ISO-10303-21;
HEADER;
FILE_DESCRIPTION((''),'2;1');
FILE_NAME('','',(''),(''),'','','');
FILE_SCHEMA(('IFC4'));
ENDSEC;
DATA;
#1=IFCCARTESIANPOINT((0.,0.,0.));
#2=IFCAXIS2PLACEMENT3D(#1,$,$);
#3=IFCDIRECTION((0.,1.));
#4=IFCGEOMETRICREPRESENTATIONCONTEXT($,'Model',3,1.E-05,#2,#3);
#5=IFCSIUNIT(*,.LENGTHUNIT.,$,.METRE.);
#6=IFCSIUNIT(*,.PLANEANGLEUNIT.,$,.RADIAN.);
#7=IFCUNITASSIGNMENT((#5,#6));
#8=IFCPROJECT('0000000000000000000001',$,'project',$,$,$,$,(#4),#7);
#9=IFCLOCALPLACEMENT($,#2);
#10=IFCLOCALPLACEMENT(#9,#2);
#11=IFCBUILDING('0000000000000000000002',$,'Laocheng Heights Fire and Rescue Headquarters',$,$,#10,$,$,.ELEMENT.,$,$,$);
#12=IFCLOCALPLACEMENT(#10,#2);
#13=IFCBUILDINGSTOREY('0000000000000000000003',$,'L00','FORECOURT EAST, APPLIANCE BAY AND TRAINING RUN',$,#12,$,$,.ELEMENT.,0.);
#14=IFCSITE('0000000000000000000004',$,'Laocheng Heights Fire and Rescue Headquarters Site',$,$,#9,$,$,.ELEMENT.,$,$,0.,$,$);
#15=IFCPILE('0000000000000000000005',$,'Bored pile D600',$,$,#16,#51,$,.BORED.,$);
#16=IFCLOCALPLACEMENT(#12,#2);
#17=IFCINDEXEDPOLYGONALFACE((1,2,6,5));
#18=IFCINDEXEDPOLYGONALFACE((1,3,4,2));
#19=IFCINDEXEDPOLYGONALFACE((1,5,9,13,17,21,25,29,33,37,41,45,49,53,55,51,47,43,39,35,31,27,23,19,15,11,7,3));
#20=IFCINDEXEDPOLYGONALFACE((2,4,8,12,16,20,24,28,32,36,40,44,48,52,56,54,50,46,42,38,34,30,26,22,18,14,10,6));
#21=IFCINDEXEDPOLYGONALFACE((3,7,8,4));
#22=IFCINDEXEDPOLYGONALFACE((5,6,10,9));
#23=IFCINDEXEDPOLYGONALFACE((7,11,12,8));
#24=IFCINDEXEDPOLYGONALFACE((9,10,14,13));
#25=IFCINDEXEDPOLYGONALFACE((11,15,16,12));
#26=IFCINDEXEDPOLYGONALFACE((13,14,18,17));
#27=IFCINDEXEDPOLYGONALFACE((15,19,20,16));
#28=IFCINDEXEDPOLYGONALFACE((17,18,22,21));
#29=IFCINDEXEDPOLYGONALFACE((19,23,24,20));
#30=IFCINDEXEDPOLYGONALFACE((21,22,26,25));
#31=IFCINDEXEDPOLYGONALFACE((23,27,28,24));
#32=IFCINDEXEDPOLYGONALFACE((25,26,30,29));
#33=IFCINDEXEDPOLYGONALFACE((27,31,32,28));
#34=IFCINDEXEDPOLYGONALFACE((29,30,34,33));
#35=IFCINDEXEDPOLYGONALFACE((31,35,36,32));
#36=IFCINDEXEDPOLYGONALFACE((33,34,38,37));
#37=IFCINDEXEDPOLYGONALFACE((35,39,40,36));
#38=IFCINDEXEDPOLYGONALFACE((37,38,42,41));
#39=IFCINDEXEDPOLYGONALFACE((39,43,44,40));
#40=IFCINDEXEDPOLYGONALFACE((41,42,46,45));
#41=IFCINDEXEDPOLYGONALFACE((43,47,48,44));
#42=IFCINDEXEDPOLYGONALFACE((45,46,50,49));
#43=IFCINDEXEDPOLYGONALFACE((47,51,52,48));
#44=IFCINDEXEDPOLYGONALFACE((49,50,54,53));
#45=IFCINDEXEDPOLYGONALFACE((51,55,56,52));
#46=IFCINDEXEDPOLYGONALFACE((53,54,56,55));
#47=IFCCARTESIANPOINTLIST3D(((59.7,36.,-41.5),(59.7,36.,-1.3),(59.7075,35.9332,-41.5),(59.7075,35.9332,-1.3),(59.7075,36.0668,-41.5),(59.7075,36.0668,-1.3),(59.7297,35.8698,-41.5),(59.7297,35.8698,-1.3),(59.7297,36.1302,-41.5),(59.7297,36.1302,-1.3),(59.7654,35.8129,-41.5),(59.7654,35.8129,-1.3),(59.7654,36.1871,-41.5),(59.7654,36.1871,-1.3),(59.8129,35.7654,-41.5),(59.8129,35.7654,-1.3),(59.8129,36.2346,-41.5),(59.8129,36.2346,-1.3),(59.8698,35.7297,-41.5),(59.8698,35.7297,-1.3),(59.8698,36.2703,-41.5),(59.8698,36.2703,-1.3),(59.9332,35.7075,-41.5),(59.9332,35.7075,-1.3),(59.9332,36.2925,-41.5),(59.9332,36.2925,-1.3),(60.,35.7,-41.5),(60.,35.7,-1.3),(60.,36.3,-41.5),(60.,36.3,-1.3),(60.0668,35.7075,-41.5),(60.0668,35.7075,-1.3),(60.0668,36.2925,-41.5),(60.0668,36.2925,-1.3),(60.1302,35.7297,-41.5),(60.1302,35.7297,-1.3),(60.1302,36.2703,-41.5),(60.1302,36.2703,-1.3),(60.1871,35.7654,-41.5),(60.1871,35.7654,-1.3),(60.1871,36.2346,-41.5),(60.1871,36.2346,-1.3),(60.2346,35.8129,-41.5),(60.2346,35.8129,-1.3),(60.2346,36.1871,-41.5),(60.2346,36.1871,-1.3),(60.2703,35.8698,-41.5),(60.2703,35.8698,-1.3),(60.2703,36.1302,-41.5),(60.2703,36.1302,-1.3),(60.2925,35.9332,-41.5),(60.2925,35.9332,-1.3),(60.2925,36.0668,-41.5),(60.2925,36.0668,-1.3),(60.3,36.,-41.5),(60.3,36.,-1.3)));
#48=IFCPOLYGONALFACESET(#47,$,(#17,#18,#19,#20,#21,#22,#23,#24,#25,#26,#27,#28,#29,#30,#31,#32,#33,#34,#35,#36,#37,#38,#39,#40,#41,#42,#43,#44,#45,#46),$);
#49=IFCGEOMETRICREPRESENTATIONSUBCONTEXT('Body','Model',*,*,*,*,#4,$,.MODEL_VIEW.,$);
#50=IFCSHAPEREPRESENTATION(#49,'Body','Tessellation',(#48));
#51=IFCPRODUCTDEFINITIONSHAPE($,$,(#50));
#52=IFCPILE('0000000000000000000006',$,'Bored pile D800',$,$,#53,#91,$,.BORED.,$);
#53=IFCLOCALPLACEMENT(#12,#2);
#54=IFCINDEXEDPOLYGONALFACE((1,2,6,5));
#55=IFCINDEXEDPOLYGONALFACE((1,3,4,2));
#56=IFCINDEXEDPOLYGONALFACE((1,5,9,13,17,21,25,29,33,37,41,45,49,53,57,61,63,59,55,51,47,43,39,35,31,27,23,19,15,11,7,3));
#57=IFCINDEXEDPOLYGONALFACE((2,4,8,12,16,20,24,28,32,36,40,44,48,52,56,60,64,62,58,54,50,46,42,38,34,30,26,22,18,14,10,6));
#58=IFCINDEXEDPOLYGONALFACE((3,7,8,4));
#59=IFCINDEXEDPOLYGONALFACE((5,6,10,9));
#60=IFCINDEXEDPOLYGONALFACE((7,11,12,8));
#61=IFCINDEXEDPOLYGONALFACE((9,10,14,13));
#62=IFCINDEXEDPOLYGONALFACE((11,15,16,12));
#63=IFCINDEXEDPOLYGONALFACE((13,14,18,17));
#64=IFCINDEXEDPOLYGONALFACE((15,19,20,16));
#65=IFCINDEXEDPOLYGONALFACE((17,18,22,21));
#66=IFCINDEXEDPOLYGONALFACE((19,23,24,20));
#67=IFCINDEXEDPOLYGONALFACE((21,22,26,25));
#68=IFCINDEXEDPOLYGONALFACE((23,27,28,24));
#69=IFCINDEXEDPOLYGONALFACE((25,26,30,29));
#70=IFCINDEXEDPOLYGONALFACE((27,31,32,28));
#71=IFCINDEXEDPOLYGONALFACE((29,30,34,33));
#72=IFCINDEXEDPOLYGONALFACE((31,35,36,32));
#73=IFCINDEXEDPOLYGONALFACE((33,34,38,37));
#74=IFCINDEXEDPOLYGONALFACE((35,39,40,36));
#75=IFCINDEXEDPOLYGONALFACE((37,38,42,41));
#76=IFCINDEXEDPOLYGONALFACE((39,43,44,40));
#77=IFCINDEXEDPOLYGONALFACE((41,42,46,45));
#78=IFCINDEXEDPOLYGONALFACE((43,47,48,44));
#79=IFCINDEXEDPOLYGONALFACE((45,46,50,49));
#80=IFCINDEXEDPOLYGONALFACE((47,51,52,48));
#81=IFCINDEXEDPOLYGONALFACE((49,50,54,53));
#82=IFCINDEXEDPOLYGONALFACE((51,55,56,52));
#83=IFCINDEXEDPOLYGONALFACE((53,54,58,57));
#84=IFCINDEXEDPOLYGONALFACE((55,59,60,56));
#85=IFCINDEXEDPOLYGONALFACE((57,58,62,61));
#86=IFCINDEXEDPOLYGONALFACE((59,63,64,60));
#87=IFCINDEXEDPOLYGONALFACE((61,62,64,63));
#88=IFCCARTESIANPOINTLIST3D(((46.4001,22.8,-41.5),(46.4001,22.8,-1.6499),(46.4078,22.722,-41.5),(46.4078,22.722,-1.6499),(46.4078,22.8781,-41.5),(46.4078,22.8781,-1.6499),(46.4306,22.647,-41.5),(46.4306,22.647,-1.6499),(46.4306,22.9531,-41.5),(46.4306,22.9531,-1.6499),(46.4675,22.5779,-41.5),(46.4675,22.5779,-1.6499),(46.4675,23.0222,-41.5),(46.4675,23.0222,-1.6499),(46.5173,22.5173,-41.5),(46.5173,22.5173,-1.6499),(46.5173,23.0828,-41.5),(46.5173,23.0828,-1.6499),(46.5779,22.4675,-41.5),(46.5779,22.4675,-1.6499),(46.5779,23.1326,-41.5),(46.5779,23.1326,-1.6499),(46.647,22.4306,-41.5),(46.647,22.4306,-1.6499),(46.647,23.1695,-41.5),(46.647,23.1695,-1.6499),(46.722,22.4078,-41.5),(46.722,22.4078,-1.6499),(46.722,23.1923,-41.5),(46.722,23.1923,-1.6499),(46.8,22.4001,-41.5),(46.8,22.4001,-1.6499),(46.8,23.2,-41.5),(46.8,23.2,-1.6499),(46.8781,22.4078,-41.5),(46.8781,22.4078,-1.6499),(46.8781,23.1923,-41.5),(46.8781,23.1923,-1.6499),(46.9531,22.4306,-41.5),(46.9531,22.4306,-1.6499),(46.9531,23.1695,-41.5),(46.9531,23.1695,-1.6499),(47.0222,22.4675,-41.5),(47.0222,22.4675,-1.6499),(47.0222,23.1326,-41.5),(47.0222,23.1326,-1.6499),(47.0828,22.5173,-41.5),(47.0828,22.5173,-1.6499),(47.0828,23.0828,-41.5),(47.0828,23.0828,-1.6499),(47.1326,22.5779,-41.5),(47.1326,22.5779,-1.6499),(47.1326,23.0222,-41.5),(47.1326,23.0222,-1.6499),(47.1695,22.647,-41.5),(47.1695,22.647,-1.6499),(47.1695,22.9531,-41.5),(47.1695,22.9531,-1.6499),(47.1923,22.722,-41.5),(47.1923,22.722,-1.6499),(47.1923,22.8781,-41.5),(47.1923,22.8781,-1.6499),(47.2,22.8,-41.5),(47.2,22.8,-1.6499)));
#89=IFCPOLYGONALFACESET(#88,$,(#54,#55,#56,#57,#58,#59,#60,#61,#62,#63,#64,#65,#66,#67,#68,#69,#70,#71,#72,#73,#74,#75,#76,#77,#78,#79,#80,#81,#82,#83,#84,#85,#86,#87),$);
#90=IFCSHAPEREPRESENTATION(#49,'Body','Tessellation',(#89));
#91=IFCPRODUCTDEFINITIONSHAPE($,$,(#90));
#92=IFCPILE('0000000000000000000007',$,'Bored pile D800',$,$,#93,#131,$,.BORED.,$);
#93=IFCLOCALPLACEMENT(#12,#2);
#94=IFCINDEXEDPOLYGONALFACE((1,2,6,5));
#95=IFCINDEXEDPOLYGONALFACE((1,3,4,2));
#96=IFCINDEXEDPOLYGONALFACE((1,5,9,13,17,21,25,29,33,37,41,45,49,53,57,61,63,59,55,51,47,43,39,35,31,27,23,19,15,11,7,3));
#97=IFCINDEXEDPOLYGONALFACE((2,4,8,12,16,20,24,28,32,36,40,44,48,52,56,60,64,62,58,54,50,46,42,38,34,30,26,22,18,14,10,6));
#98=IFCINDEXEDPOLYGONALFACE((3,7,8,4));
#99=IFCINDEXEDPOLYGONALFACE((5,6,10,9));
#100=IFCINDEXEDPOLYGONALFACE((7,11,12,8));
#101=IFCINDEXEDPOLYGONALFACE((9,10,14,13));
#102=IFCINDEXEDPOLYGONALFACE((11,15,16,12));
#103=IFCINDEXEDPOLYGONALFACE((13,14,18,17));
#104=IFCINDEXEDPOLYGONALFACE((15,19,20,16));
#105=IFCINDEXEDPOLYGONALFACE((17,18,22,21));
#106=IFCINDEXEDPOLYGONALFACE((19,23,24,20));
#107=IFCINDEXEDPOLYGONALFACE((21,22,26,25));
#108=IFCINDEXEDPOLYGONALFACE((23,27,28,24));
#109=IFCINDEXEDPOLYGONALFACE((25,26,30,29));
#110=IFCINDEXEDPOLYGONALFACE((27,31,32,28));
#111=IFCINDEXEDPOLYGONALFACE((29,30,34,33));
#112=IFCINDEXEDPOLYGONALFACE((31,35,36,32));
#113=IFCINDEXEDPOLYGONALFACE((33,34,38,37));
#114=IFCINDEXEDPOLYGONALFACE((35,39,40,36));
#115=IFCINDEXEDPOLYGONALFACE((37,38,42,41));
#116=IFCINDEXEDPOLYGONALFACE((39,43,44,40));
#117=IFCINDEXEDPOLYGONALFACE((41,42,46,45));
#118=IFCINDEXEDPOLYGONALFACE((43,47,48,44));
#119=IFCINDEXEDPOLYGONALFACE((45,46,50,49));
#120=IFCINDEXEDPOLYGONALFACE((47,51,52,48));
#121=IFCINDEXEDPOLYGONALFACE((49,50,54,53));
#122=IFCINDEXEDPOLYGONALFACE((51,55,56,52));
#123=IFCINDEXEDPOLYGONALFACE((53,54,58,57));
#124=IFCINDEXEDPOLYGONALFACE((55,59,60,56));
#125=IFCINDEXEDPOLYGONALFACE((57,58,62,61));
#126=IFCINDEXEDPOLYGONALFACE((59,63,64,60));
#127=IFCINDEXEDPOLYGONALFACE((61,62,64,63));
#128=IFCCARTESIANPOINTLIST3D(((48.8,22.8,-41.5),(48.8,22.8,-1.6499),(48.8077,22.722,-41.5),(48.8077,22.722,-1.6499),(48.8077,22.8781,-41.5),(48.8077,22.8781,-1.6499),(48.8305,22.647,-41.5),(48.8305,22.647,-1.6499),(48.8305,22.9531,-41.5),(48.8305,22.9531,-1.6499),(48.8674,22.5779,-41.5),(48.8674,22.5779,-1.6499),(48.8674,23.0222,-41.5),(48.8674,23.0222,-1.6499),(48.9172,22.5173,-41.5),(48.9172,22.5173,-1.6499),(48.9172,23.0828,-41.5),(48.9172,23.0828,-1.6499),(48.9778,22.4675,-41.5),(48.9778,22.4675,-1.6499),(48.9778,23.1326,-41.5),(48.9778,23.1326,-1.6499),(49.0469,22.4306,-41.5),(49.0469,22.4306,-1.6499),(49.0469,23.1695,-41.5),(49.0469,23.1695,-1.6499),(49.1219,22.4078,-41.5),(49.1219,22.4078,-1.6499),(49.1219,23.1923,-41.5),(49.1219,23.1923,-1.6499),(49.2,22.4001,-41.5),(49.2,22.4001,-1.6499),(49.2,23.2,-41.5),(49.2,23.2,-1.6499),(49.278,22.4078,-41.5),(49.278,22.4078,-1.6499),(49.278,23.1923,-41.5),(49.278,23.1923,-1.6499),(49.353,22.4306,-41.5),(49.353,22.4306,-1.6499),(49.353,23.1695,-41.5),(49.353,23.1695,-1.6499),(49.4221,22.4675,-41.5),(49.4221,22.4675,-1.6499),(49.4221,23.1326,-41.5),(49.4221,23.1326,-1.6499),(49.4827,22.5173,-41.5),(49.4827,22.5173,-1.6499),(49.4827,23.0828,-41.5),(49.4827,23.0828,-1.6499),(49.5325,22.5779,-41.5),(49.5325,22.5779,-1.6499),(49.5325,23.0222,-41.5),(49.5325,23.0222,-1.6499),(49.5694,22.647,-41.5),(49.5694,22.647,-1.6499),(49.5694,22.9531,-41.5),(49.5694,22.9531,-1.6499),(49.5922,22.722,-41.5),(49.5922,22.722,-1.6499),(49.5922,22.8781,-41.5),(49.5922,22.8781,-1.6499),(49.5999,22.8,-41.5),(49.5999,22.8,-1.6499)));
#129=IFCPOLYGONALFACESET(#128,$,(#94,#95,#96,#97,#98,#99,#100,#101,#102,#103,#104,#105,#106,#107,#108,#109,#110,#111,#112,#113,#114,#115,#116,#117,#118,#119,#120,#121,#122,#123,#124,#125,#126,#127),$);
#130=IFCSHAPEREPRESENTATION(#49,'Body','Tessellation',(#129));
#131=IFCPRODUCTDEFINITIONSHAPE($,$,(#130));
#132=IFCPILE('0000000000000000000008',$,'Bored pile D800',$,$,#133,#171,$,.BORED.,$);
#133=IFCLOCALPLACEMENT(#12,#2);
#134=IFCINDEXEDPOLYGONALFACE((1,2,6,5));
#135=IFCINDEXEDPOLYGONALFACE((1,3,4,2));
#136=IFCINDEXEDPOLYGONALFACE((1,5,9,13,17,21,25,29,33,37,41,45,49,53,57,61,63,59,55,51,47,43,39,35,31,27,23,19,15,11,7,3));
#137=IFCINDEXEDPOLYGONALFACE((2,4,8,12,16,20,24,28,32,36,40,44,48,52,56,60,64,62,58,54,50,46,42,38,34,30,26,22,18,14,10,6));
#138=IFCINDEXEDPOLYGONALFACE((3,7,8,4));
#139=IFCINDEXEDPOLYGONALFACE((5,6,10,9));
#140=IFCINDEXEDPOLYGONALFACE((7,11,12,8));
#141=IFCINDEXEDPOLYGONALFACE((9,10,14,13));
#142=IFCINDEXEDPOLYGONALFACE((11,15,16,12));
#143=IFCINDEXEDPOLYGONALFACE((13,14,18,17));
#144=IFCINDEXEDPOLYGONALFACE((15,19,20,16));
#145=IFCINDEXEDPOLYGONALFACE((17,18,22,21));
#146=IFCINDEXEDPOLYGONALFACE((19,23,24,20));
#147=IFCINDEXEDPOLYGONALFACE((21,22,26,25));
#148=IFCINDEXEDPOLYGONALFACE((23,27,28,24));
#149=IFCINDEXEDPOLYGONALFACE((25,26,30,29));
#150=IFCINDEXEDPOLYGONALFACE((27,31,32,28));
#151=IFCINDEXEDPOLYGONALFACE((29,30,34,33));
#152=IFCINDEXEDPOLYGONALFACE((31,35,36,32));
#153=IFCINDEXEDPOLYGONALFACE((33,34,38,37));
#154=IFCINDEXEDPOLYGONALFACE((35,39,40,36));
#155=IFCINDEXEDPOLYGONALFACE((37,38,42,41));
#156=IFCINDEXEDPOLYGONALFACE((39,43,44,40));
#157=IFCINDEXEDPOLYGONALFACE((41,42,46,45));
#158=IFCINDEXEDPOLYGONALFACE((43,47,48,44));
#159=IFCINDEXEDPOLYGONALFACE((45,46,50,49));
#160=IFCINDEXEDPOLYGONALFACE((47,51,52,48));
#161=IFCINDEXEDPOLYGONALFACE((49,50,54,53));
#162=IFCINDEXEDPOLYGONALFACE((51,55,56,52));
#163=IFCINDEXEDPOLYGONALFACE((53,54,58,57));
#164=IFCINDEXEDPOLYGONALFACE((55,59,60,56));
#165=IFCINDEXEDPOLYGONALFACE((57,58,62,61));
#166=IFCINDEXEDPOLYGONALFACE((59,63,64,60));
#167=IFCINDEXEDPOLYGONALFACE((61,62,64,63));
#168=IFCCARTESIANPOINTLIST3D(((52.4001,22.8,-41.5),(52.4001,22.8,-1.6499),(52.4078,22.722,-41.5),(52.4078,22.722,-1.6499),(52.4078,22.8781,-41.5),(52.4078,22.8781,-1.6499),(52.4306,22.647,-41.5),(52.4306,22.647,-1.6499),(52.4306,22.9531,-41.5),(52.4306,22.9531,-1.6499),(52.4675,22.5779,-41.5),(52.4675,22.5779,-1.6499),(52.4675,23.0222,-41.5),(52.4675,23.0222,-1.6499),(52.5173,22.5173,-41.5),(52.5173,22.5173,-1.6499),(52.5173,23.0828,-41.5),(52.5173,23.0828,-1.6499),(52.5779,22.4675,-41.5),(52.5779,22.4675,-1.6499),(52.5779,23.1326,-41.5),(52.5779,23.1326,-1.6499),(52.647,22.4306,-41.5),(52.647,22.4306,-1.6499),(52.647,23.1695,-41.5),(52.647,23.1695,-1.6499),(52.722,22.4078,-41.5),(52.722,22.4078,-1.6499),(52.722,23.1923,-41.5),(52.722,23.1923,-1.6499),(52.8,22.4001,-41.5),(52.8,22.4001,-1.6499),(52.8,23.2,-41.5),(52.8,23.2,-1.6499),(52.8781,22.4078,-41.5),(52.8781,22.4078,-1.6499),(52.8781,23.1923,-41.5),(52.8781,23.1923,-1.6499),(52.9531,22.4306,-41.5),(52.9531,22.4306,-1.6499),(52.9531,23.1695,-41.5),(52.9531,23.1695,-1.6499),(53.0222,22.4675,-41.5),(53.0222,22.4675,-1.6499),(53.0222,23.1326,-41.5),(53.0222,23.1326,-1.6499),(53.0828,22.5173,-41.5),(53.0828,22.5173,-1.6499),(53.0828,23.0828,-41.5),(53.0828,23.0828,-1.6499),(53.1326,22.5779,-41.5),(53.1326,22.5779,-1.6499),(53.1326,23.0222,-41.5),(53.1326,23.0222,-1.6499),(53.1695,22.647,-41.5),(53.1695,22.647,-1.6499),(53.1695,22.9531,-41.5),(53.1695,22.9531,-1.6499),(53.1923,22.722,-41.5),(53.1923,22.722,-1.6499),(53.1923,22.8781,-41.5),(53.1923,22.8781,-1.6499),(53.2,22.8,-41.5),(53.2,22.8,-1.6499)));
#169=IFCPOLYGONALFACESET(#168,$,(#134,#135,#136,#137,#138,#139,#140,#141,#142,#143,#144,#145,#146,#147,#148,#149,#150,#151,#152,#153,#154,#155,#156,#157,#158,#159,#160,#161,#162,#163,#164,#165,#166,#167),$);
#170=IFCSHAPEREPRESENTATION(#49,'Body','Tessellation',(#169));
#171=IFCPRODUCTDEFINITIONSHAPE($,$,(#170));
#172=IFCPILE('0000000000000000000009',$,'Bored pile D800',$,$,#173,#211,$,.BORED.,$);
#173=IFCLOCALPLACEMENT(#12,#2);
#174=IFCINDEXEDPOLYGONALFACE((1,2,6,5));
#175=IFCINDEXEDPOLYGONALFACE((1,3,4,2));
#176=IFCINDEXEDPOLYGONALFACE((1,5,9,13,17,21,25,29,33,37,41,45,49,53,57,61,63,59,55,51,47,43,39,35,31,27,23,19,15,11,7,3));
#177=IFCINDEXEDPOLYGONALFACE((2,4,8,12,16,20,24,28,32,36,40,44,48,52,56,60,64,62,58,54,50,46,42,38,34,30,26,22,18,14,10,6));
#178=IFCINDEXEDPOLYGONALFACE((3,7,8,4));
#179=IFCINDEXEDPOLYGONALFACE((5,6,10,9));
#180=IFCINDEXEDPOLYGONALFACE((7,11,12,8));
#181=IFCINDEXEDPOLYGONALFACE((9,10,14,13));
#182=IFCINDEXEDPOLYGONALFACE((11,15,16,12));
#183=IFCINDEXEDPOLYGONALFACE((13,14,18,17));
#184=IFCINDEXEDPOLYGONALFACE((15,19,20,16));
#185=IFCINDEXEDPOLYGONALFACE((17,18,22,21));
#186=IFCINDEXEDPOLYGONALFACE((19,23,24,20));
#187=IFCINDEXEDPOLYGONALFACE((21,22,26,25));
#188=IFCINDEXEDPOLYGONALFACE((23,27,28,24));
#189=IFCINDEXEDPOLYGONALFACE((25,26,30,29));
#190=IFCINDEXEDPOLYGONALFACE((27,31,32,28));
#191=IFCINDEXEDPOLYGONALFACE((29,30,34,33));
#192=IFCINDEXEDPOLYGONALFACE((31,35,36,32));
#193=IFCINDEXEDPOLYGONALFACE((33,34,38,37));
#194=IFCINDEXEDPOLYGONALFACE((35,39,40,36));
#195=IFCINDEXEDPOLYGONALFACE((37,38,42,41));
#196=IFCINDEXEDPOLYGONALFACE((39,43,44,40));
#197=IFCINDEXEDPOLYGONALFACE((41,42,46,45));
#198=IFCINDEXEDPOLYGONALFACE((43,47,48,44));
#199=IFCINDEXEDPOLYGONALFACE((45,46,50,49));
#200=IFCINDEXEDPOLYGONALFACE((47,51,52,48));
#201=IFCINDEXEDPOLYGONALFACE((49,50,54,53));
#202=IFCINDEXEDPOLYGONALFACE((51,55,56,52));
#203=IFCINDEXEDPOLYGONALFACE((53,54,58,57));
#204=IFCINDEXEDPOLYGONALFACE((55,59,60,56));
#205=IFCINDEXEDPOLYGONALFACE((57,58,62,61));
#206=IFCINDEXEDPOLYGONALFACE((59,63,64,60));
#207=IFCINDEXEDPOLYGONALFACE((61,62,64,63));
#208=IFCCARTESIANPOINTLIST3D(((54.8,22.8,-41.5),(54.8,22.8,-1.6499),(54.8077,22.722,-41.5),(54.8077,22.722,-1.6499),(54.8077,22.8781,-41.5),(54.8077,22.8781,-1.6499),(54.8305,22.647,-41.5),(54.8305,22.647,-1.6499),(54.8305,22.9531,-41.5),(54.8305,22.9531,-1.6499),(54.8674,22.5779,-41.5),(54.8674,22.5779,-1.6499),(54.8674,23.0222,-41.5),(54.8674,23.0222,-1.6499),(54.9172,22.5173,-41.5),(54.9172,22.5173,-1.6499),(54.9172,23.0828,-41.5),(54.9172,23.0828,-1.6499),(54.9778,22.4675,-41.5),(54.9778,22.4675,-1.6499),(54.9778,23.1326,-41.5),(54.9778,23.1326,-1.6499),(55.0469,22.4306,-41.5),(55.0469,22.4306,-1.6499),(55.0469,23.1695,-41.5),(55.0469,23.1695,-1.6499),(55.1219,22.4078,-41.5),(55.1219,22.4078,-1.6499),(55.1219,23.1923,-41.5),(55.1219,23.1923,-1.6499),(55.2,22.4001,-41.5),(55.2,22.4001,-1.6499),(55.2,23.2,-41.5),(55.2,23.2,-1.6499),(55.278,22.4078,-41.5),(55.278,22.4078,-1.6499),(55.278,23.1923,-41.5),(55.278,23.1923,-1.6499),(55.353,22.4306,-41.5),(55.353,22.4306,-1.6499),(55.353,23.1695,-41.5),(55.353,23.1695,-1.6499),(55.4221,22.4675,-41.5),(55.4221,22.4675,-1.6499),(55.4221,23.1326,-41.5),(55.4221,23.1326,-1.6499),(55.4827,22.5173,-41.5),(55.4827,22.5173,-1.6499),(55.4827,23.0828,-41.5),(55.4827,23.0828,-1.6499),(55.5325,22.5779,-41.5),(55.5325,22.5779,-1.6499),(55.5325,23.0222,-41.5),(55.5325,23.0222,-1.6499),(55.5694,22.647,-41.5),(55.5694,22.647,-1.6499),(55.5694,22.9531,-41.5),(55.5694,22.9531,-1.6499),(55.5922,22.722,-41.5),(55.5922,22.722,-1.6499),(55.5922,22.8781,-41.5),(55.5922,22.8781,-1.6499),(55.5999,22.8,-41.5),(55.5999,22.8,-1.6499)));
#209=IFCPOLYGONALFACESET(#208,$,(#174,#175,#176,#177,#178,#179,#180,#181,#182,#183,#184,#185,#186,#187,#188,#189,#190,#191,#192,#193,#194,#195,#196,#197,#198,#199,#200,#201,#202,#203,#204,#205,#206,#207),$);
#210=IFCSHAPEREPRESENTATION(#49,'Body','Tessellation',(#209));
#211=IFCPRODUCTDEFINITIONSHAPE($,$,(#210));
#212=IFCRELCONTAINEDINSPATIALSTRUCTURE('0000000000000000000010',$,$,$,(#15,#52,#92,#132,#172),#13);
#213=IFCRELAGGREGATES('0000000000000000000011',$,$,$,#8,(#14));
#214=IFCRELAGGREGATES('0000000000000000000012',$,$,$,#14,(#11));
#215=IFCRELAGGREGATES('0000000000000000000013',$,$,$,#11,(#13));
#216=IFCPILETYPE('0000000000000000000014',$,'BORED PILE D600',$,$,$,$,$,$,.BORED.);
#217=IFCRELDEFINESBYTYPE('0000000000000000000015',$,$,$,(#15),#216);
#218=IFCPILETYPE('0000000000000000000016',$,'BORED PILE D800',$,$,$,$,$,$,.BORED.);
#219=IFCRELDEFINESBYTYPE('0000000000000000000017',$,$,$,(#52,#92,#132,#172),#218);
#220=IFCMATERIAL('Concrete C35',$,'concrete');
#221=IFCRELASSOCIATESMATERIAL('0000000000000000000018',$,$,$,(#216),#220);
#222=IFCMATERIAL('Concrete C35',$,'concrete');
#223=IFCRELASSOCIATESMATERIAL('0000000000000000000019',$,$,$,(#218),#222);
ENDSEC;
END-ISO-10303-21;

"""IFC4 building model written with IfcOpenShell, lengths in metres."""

from ifc_helpers import new_model, si_unit, direction, frame, origin, origin_2d, place, context, subcontext, project, spatial, circle, extrude, material, material_profile, profile_set, type_object, element, save


model = new_model("IFC4")

# Units and contexts
model_context = context("Model", 3, precision=1e-05, world=origin(), true_north=direction((0.0, 1.0)))
body_context = subcontext(model_context, "Body", "Model", "MODEL_VIEW")
ifc_project = project(units=[si_unit("LENGTHUNIT", "METRE"), si_unit("PLANEANGLEUNIT", "RADIAN")], contexts=[model_context])

# Site, building, storey
site_placement = place(None, origin())
site = spatial("IfcSite", under=ifc_project, at=site_placement, Name="Laocheng Heights Fire and Rescue Headquarters Site", CompositionType="ELEMENT", RefElevation=0.0)
building_placement = place(site_placement, origin())
building = spatial("IfcBuilding", under=site, at=building_placement, Name="Laocheng Heights Fire and Rescue Headquarters", CompositionType="ELEMENT")
storey_placement = place(building_placement, origin())
storey = spatial("IfcBuildingStorey", under=building, at=storey_placement, Name="L00", Description="FORECOURT EAST, APPLIANCE BAY AND TRAINING RUN", CompositionType="ELEMENT", Elevation=0.0)

# Piles
ifc_material_1 = material(Name="Concrete C35", Category="concrete")
ifc_material_profile_1 = material_profile(ifc_material_1, circle(Radius=0.3, at=origin_2d()), Name="BORED PILE D600")
ifc_profile_set_1 = profile_set([ifc_material_profile_1], Name="Concrete C35")
pile_type_1 = type_object("IfcPileType", Name="BORED PILE D600", PredefinedType="BORED", material=ifc_profile_set_1)
for number, where, z_axis, x_axis, name in (
    (1, (60.0, 36.0, -1.3), (0.0, 0.0, -1.0), (1.0, 0.0, 0.0), "Bored pile D600"),
):
    element("IfcPile", number, at=place(storey_placement, frame(where, z_axis=z_axis, x_axis=x_axis)), inside=storey, type_object=pile_type_1, Name=name, PredefinedType="BORED", context=body_context, shape_type="SweptSolid", body=[
        extrude(circle(Radius=0.3, at=origin_2d()), origin(), (0.0, 0.0, 1.0), 40.2),
    ])
ifc_material_2 = material(Name="Concrete C35", Category="concrete")
ifc_material_profile_2 = material_profile(ifc_material_2, circle(Radius=0.3999, at=origin_2d()), Name="BORED PILE D800")
ifc_profile_set_2 = profile_set([ifc_material_profile_2], Name="Concrete C35")
pile_type_2 = type_object("IfcPileType", Name="BORED PILE D800", PredefinedType="BORED", material=ifc_profile_set_2)
for number, where, z_axis, x_axis, name in (
    (2, (46.8, 22.8, -1.6499), (0.0, 0.0, -1.0), (1.0, 0.0, 0.0), "Bored pile D800"),
    (3, (49.2, 22.8, -1.6499), (0.0, 0.0, -1.0), (1.0, 0.0, 0.0), "Bored pile D800"),
    (4, (52.8, 22.8, -1.6499), (0.0, 0.0, -1.0), (1.0, 0.0, 0.0), "Bored pile D800"),
    (5, (55.2, 22.8, -1.6499), (0.0, 0.0, -1.0), (1.0, 0.0, 0.0), "Bored pile D800"),
):
    element("IfcPile", number, at=place(storey_placement, frame(where, z_axis=z_axis, x_axis=x_axis)), inside=storey, type_object=pile_type_2, Name=name, PredefinedType="BORED", context=body_context, shape_type="SweptSolid", body=[
        extrude(circle(Radius=0.3999, at=origin_2d()), origin(), (0.0, 0.0, 1.0), 39.8501),
    ])

save(model, "model.ifc")
